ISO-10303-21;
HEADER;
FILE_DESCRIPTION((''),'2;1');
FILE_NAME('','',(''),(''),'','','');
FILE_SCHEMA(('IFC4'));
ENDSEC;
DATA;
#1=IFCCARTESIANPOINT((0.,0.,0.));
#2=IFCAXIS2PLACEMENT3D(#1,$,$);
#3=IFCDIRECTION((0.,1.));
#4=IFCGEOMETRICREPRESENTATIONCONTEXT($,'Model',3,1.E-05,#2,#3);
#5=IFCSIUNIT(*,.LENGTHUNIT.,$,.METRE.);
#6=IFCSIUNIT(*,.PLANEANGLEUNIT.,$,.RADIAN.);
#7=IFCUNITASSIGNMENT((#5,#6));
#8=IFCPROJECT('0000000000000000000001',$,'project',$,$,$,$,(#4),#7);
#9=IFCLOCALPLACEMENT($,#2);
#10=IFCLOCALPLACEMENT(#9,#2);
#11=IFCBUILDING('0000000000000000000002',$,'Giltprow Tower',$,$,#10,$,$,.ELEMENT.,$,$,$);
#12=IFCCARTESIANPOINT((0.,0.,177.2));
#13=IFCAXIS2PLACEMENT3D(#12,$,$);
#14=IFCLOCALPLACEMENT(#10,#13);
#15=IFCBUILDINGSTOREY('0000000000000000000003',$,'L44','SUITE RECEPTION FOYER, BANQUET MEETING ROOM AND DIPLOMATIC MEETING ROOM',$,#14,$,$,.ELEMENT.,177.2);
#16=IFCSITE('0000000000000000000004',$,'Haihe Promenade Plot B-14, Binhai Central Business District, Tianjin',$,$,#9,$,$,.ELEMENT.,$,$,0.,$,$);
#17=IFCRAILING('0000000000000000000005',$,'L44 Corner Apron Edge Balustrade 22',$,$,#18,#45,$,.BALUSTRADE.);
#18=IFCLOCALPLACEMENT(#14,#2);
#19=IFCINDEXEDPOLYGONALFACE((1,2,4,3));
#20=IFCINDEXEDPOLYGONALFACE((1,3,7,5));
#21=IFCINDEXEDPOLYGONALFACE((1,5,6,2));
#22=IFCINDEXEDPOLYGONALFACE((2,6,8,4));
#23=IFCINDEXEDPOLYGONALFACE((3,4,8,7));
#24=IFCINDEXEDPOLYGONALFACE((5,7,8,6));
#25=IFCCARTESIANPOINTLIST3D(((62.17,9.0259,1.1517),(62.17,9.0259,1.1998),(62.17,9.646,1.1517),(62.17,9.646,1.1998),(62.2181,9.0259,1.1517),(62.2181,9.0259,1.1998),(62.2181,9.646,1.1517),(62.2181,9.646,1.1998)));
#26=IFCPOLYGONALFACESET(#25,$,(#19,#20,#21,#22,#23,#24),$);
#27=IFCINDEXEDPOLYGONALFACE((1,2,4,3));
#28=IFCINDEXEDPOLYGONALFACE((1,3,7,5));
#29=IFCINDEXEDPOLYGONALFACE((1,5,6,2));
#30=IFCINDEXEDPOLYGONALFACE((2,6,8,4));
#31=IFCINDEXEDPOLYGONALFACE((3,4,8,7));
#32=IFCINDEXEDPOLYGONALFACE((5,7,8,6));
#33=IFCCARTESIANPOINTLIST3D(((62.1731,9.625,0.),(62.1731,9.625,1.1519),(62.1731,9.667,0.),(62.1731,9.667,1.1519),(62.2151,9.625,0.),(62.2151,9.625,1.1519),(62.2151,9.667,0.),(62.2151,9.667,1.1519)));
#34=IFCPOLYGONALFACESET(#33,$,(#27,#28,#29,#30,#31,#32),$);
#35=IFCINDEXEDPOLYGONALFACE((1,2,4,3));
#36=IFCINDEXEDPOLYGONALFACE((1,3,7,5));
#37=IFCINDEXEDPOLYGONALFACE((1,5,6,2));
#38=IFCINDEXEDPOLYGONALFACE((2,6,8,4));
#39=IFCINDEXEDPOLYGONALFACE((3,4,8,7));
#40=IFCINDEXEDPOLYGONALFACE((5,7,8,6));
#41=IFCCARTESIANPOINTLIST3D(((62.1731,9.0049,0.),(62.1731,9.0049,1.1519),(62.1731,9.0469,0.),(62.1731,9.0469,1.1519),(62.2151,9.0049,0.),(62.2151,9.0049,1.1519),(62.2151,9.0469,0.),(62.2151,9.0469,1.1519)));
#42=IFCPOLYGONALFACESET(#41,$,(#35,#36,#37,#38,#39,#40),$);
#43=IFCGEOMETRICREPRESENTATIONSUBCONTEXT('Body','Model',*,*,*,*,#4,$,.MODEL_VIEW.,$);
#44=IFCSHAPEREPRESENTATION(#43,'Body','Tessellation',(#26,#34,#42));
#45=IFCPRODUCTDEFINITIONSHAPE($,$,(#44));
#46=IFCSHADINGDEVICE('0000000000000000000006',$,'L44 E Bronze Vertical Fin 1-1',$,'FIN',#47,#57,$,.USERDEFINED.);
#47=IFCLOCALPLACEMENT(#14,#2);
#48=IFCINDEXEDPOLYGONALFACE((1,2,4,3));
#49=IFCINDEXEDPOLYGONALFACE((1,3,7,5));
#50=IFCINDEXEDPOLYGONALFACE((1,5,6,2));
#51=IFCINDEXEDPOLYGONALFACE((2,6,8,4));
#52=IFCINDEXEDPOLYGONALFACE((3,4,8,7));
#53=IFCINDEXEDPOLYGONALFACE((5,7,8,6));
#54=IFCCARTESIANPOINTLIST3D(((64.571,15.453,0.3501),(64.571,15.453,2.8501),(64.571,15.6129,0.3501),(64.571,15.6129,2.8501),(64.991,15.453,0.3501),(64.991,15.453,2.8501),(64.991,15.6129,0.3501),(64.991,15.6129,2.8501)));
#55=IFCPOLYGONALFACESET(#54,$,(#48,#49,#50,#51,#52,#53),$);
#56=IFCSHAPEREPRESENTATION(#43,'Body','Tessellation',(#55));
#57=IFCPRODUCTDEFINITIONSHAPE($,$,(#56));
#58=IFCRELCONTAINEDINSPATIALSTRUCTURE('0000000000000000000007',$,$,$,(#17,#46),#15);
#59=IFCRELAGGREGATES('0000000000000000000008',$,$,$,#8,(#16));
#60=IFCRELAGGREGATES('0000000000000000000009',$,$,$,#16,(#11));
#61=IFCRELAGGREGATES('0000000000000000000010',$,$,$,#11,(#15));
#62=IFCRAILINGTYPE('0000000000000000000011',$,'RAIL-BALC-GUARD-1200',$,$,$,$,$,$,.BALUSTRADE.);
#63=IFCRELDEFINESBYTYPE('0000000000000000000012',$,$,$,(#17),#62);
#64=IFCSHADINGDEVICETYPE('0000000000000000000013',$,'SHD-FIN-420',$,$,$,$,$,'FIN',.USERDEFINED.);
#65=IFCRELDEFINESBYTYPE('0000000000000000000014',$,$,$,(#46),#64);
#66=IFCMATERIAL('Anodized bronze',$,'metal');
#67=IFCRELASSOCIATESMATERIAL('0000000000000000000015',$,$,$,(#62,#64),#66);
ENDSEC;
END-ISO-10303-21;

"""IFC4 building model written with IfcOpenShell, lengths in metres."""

from ifc_helpers import new_model, si_unit, direction, frame, origin, origin_2d, place, context, subcontext, project, spatial, rectangle, extrude, source, transform, mapped, material, type_object, element, save


model = new_model("IFC4")

# Units and contexts
model_context = context("Model", 3, precision=1e-05, world=origin(), true_north=direction((0.0, 1.0)))
body_context = subcontext(model_context, "Body", "Model", "MODEL_VIEW")
ifc_project = project(units=[si_unit("LENGTHUNIT", "METRE"), si_unit("PLANEANGLEUNIT", "RADIAN")], contexts=[model_context])

# Site, building, storey
site_placement = place(None, origin())
site = spatial("IfcSite", under=ifc_project, at=site_placement, Name="Haihe Promenade Plot B-14, Binhai Central Business District, Tianjin", CompositionType="ELEMENT", RefElevation=0.0)
building_placement = place(site_placement, origin())
building = spatial("IfcBuilding", under=site, at=building_placement, Name="Giltprow Tower", CompositionType="ELEMENT")
storey_placement = place(building_placement, frame((0.0, 0.0, 177.2)))
storey = spatial("IfcBuildingStorey", under=building, at=storey_placement, Name="L44", Description="SUITE RECEPTION FOYER, BANQUET MEETING ROOM AND DIPLOMATIC MEETING ROOM", CompositionType="ELEMENT", Elevation=177.2)

# Shared definitions
ifc_material_1 = material(Name="Anodized bronze", Category="metal")

# Railing
railing_type = type_object("IfcRailingType", Name="RAIL-BALC-GUARD-1200", PredefinedType="BALUSTRADE", material=ifc_material_1)
railing_1_placement = place(storey_placement, frame((62.1941, 9.646, 0.0)))
element("IfcRailing", 1, at=railing_1_placement, inside=storey, type_object=railing_type, Name="L44 Corner Apron Edge Balustrade 22", PredefinedType="BALUSTRADE", context=body_context, shape_type="SweptSolid", body=[
    extrude(rectangle(XDim=0.0481, YDim=0.0481, at=origin_2d()), frame((0.0, 0.0, 1.1758), z_axis=(0.0, -1.0, 0.0), x_axis=(1.0, 0.0, 0.0)), (0.0, 0.0, 1.0), 0.6201),
    extrude(rectangle(XDim=0.042, YDim=0.042, at=origin_2d()), origin(), (0.0, 0.0, 1.0), 1.1519),
    extrude(rectangle(XDim=0.042, YDim=0.042, at=origin_2d()), frame((0.0, -0.6201, 0.0)), (0.0, 0.0, 1.0), 1.1519),
])

# Shading device
shading_device_type = type_object("IfcShadingDeviceType", Name="SHD-FIN-420", ElementType="FIN", PredefinedType="USERDEFINED", material=ifc_material_1)
shared_shape_1 = source(origin(), body_context, "Body", "SweptSolid", [
    extrude(rectangle(XDim=0.4199, YDim=0.1599, at=origin_2d()), origin(), (0.0, 0.0, 1.0), 2.5),
])
shading_device_placement = place(storey_placement, frame((64.781, 15.533, 0.3501), z_axis=(0.0, 0.0, 1.0), x_axis=(1.0, 0.0, 0.0)))
element("IfcShadingDevice", 2, at=shading_device_placement, inside=storey, type_object=shading_device_type, Name="L44 E Bronze Vertical Fin 1-1", ObjectType="FIN", PredefinedType="USERDEFINED", context=body_context, shape_type="MappedRepresentation", body=[
    mapped(shared_shape_1, transform((0.0, 0.0, 0.0), x_axis=(1.0, 0.0, 0.0), y_axis=(0.0, 1.0, 0.0), z_axis=(0.0, 0.0, 1.0), scale=1.0)),
])

save(model, "model.ifc")
